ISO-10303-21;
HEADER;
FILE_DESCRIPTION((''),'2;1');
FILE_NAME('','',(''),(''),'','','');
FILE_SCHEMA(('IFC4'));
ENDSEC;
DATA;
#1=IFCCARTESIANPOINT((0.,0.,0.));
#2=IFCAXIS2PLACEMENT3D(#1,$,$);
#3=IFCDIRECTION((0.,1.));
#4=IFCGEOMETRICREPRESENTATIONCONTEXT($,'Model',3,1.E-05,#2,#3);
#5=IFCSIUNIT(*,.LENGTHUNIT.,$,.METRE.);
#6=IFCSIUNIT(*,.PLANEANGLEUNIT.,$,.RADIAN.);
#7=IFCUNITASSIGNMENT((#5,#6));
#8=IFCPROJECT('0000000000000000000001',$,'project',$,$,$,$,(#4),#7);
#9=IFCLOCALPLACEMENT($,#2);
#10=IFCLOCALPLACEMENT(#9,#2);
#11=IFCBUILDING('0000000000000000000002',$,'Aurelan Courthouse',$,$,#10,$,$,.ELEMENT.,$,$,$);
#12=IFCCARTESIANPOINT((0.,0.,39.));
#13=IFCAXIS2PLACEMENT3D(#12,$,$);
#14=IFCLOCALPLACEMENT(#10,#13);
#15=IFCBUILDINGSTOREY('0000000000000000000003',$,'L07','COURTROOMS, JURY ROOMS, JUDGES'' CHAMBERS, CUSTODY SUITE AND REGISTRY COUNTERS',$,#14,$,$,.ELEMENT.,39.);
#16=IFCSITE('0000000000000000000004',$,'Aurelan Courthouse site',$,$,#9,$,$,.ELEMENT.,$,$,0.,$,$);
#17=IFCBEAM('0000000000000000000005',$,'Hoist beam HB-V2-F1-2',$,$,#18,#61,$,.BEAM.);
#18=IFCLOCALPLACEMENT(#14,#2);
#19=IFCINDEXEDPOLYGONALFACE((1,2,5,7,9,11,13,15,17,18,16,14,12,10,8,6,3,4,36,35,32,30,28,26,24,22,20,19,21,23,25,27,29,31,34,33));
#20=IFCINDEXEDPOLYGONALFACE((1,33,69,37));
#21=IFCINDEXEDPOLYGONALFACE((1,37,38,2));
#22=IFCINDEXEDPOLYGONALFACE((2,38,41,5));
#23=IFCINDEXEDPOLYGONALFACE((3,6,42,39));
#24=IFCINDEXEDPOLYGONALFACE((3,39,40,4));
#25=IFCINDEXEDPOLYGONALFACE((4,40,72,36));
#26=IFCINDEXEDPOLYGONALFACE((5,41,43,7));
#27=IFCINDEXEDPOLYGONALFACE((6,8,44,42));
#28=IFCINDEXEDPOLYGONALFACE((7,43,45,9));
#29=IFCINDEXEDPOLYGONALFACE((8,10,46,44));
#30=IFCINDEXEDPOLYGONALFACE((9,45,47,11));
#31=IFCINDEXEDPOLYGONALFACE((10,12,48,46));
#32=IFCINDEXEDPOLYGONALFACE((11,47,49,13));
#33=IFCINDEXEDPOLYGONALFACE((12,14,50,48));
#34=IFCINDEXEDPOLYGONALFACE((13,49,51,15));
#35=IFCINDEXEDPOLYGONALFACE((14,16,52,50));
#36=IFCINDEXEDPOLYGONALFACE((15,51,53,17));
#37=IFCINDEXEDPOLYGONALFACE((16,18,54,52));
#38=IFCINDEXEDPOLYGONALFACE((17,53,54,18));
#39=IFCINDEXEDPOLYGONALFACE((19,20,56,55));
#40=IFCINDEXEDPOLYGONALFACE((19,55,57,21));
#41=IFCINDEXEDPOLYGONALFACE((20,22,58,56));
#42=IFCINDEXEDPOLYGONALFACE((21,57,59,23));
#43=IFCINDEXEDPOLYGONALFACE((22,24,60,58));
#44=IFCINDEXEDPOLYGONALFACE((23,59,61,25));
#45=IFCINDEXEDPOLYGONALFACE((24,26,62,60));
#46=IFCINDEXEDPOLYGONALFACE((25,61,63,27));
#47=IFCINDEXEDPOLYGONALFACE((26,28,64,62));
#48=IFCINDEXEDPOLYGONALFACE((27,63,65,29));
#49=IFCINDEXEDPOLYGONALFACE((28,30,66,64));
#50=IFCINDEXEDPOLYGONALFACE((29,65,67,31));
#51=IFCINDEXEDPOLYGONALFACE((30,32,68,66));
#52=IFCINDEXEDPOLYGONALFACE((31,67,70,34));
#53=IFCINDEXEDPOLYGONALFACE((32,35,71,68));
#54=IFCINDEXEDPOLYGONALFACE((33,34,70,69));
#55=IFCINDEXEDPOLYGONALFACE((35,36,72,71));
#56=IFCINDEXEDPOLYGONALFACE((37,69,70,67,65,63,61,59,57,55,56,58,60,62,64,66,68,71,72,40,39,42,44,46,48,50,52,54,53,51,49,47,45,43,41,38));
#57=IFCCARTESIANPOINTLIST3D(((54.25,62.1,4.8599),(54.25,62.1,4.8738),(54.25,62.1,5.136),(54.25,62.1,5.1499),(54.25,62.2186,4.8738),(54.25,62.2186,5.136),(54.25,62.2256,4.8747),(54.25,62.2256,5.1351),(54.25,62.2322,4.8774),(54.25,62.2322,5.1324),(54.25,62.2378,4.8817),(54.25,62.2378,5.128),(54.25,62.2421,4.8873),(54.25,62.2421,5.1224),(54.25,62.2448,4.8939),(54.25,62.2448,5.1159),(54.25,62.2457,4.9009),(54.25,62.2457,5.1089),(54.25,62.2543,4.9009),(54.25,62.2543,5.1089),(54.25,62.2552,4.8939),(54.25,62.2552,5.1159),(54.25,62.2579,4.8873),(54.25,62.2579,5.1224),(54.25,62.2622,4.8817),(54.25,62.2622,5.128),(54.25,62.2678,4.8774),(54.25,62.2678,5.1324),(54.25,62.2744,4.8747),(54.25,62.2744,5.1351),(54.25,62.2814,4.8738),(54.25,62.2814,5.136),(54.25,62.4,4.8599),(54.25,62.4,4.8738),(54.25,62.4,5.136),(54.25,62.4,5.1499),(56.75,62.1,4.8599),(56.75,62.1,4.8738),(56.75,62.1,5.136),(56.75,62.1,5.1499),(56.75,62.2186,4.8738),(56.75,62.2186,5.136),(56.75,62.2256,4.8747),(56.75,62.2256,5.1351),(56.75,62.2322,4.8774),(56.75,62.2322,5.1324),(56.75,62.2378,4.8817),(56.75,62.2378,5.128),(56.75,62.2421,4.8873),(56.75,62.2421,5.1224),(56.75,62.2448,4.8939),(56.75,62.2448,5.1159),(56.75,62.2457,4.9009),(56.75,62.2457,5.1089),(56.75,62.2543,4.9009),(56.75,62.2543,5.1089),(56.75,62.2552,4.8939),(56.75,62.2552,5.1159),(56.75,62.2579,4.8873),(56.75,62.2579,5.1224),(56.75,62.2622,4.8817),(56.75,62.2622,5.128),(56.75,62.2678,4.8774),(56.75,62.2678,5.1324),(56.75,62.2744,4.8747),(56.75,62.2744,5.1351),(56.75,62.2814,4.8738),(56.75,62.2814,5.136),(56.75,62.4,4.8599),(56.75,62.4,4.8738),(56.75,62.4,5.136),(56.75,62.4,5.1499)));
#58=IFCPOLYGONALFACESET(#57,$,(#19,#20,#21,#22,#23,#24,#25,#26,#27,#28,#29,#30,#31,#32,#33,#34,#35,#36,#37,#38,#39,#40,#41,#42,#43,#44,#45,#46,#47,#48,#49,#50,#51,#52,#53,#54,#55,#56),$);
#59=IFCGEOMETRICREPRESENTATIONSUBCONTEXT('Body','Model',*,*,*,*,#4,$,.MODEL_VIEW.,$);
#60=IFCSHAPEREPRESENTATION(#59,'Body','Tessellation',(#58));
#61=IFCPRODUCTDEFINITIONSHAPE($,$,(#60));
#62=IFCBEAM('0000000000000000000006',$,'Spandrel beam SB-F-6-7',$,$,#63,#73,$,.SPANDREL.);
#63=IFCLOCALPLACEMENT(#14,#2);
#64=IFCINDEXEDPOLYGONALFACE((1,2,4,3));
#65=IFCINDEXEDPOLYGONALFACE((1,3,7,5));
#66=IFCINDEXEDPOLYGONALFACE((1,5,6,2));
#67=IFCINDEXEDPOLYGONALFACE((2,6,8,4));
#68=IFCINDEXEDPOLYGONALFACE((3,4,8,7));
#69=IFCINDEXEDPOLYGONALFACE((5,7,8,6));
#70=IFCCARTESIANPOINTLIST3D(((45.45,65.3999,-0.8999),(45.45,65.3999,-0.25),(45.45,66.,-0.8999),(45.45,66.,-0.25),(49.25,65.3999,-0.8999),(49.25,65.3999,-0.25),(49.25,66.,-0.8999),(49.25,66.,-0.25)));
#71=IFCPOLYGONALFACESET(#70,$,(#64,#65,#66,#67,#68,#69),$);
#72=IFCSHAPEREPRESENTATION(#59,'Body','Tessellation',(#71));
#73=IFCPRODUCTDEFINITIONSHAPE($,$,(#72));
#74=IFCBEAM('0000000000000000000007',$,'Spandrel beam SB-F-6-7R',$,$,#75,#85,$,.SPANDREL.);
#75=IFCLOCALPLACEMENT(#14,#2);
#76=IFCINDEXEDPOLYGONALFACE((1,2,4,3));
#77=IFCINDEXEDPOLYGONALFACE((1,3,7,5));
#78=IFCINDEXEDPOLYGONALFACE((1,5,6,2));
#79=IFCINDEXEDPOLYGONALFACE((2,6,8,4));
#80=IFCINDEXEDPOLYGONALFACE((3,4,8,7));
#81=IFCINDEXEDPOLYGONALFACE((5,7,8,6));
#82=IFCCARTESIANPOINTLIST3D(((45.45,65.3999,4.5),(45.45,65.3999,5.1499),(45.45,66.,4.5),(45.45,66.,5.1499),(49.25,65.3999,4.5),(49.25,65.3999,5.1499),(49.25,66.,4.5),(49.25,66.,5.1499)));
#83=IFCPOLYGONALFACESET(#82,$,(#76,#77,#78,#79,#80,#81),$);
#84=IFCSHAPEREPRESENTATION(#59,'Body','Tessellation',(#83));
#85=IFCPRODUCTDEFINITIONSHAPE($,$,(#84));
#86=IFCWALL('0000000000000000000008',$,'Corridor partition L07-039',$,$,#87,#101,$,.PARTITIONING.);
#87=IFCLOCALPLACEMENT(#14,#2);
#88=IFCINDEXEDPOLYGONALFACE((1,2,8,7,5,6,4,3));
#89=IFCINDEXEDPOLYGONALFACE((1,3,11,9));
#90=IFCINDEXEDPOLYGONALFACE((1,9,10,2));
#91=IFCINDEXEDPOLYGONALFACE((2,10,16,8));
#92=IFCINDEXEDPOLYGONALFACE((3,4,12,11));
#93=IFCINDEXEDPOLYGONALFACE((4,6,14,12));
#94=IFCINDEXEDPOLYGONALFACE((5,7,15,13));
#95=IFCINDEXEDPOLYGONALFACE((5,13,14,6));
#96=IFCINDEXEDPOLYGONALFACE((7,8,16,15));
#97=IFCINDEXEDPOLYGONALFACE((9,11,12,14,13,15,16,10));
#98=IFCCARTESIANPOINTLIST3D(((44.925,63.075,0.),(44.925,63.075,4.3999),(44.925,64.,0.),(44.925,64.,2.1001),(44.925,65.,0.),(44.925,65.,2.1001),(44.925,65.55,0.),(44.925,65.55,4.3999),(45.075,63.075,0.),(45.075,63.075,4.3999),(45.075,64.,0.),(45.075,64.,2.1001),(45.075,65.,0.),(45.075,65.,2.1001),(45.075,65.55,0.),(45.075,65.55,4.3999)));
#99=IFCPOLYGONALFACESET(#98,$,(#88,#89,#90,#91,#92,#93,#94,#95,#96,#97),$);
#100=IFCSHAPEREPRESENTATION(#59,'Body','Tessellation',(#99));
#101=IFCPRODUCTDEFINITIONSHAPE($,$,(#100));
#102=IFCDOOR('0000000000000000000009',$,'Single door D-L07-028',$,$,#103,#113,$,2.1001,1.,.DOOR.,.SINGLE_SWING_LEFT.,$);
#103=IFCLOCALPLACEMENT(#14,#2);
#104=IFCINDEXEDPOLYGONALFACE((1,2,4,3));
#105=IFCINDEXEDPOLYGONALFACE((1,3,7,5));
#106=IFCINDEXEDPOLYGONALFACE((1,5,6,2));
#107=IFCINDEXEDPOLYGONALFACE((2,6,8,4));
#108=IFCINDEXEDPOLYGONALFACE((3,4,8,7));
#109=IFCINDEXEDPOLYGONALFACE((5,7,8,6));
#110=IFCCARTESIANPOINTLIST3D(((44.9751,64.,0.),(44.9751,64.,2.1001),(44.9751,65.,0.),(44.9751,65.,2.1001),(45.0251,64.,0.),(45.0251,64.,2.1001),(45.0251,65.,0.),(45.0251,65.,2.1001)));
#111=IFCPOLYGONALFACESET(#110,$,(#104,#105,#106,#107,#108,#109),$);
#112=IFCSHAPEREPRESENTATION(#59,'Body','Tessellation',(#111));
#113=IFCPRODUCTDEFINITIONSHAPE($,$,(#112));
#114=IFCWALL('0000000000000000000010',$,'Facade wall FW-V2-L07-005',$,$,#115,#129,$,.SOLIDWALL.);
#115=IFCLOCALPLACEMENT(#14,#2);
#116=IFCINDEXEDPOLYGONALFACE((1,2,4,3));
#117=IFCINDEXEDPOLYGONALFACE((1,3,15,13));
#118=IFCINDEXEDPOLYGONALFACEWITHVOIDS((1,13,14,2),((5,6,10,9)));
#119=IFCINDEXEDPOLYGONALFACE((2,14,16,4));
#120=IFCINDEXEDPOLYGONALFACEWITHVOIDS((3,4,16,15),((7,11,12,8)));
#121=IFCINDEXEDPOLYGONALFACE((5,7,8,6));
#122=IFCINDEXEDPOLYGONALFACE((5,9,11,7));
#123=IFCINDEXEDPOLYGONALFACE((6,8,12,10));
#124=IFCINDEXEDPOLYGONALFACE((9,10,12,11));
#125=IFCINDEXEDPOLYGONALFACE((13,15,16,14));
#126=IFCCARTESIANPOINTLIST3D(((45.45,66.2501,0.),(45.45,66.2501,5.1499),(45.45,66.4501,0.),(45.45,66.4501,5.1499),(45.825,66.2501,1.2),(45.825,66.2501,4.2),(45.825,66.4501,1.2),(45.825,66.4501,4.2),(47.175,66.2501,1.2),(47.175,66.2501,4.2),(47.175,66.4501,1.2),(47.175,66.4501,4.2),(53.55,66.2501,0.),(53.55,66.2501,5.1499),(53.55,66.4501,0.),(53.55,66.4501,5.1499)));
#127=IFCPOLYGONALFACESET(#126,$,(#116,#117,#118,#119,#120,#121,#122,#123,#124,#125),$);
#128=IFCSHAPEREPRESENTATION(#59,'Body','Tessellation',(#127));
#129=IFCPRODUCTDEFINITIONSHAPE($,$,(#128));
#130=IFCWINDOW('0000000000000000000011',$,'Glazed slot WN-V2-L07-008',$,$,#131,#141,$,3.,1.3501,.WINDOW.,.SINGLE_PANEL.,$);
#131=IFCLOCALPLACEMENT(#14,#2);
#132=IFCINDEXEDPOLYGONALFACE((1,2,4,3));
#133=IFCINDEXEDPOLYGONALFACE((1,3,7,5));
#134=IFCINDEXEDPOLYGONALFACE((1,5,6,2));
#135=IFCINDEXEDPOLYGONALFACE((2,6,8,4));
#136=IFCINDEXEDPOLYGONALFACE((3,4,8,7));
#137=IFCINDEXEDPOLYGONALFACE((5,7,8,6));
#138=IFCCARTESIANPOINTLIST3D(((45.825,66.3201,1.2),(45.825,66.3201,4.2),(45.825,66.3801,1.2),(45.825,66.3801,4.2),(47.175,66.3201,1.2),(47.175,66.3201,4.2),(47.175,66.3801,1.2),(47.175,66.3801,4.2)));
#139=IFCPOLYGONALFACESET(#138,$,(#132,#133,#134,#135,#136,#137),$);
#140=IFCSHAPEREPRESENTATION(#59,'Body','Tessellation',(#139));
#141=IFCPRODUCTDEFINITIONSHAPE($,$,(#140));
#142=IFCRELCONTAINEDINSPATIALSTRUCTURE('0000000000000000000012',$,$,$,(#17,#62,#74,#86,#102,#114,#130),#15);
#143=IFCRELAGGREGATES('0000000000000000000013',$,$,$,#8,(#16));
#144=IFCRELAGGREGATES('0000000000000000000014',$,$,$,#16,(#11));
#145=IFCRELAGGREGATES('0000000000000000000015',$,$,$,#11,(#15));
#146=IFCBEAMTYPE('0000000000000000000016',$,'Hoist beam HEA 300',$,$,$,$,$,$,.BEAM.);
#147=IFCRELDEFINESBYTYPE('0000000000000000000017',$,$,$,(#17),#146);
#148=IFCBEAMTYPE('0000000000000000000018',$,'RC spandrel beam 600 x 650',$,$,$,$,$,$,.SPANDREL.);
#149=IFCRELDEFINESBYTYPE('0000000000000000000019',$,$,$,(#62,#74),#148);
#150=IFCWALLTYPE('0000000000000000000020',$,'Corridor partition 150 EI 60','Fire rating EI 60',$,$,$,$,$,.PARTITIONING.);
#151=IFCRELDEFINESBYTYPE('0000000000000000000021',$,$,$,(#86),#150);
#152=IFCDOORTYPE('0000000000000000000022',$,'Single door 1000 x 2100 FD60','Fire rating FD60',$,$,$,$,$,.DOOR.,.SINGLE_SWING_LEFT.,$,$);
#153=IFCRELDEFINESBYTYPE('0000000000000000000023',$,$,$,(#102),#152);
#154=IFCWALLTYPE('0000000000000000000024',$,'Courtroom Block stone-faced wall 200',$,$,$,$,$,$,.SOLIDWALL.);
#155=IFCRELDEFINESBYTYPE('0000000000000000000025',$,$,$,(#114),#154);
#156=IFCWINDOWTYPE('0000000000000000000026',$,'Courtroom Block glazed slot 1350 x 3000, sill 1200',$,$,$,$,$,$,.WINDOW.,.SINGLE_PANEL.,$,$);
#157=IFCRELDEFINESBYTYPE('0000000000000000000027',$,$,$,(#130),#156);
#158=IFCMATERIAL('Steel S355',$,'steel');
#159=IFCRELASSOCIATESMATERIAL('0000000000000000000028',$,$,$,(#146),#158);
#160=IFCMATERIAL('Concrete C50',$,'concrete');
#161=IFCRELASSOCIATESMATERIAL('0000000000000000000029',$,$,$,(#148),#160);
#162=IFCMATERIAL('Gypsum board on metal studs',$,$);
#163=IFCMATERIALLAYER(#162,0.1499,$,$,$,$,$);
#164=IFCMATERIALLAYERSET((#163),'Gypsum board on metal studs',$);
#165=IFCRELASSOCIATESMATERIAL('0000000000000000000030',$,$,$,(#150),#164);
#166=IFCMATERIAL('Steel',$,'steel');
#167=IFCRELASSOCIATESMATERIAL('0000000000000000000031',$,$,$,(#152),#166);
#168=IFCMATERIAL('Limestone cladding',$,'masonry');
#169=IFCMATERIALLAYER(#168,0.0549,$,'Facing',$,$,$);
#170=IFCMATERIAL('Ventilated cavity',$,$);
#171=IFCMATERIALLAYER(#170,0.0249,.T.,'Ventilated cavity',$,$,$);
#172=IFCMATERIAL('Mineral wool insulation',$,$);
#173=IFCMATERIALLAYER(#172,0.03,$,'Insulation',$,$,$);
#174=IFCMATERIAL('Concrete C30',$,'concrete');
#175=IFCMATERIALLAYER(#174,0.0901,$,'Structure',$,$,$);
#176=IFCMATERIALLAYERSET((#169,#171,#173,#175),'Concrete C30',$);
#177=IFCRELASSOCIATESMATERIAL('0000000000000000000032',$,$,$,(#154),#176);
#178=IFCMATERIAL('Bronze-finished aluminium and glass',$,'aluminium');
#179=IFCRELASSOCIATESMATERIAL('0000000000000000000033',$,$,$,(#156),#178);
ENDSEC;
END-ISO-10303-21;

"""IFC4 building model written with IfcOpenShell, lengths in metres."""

from ifc_helpers import new_model, si_unit, direction, frame, frame_2d, origin, origin_2d, place, context, subcontext, project, spatial, rectangle, i_section, extrude, material, layer, layer_set, material_profile, profile_set, type_object, element, fill, save


model = new_model("IFC4")

# Units and contexts
model_context = context("Model", 3, precision=1e-05, world=origin(), true_north=direction((0.0, 1.0)))
body_context = subcontext(model_context, "Body", "Model", "MODEL_VIEW")
ifc_project = project(units=[si_unit("LENGTHUNIT", "METRE"), si_unit("PLANEANGLEUNIT", "RADIAN")], contexts=[model_context])

# Site, building, storey
site_placement = place(None, origin())
site = spatial("IfcSite", under=ifc_project, at=site_placement, Name="Aurelan Courthouse site", CompositionType="ELEMENT", RefElevation=0.0)
building_placement = place(site_placement, origin())
building = spatial("IfcBuilding", under=site, at=building_placement, Name="Aurelan Courthouse", CompositionType="ELEMENT")
storey_placement = place(building_placement, frame((0.0, 0.0, 39.0)))
storey = spatial("IfcBuildingStorey", under=building, at=storey_placement, Name="L07", Description="COURTROOMS, JURY ROOMS, JUDGES' CHAMBERS, CUSTODY SUITE AND REGISTRY COUNTERS", CompositionType="ELEMENT", Elevation=39.0)

# Shared definitions
ifc_material_1 = material(Name="Concrete C50", Category="concrete")

# Beams
ifc_material_2 = material(Name="Steel S355", Category="steel")
ifc_material_profile_1 = material_profile(ifc_material_2, i_section(OverallWidth=0.3, OverallDepth=0.29, WebThickness=0.0085, FlangeThickness=0.0139, FilletRadius=0.0271, at=origin_2d()), Name="HEA 300")
ifc_profile_set_1 = profile_set([ifc_material_profile_1], Name="Steel S355")
beam_type_1 = type_object("IfcBeamType", Name="Hoist beam HEA 300", PredefinedType="BEAM", material=ifc_profile_set_1)
for number, where, z_axis, x_axis, name in (
    (1, (54.25, 62.25, 5.0049), (1.0, 0.0, 0.0), (0.0, 1.0, 0.0), "Hoist beam HB-V2-F1-2"),
):
    element("IfcBeam", number, at=place(storey_placement, frame(where, z_axis=z_axis, x_axis=x_axis)), inside=storey, type_object=beam_type_1, Name=name, PredefinedType="BEAM", context=body_context, shape_type="SweptSolid", body=[
        extrude(i_section(OverallWidth=0.3, OverallDepth=0.29, WebThickness=0.0085, FlangeThickness=0.0139, FilletRadius=0.0271, at=origin_2d()), origin(), (0.0, 0.0, 1.0), 2.5),
    ])
ifc_material_profile_2 = material_profile(ifc_material_1, rectangle(XDim=0.6001, YDim=0.6499, at=origin_2d()), Name="RC 600 x 650")
ifc_profile_set_2 = profile_set([ifc_material_profile_2], Name="Concrete C50")
beam_type_2 = type_object("IfcBeamType", Name="RC spandrel beam 600 x 650", PredefinedType="SPANDREL", material=ifc_profile_set_2)
for number, where, z_axis, x_axis, name in (
    (2, (45.45, 65.7, -0.575), (1.0, 0.0, 0.0), (0.0, 1.0, 0.0), "Spandrel beam SB-F-6-7"),
    (3, (45.45, 65.7, 4.825), (1.0, 0.0, 0.0), (0.0, 1.0, 0.0), "Spandrel beam SB-F-6-7R"),
):
    element("IfcBeam", number, at=place(storey_placement, frame(where, z_axis=z_axis, x_axis=x_axis)), inside=storey, type_object=beam_type_2, Name=name, PredefinedType="SPANDREL", context=body_context, shape_type="SweptSolid", body=[
        extrude(rectangle(XDim=0.6001, YDim=0.6499, at=origin_2d()), origin(), (0.0, 0.0, 1.0), 3.8),
    ])

# Wall, opening, door
ifc_material_3 = material(Name="Gypsum board on metal studs")
ifc_layer_1 = layer(ifc_material_3, 0.1499)
ifc_layer_set_1 = layer_set([ifc_layer_1], Name="Gypsum board on metal studs")
wall_type_1 = type_object("IfcWallType", Name="Corridor partition 150 EI 60", Description="Fire rating EI 60", PredefinedType="PARTITIONING", material=ifc_layer_set_1)
wall_1_placement = place(storey_placement, frame((45.0, 63.075, 0.0), z_axis=(0.0, 0.0, 1.0), x_axis=(0.0, 1.0, 0.0)))
wall_1 = element("IfcWall", 4, at=wall_1_placement, inside=storey, type_object=wall_type_1, Name="Corridor partition L07-039", PredefinedType="PARTITIONING", context=body_context, shape_type="SweptSolid", body=[
    extrude(rectangle(XDim=2.4751, YDim=0.1499, at=frame_2d((1.2375, 0.0))), origin(), (0.0, 0.0, 1.0), 4.3999),
])
opening_1_placement = place(wall_1_placement, frame((0.925, 0.0, 0.0)))
opening_1 = element("IfcOpeningElement", 5, at=opening_1_placement, cuts=wall_1, PredefinedType="OPENING", context=body_context, shape_type="SweptSolid", body=[
    extrude(rectangle(XDim=1.0, YDim=2.1001, at=frame_2d((0.5, 1.05))), frame((0.0, 0.085, 0.0), z_axis=(0.0, -1.0, 0.0), x_axis=(1.0, 0.0, 0.0)), (0.0, 0.0, 1.0), 0.1699),
])
ifc_material_4 = material(Name="Steel", Category="steel")
door_type_1 = type_object("IfcDoorType", Name="Single door 1000 x 2100 FD60", Description="Fire rating FD60", OperationType="SINGLE_SWING_LEFT", PredefinedType="DOOR", material=ifc_material_4)
door_1_placement = place(opening_1_placement, origin())
door_1 = element("IfcDoor", 6, at=door_1_placement, inside=storey, type_object=door_type_1, Name="Single door D-L07-028", OperationType="SINGLE_SWING_LEFT", OverallHeight=2.1001, OverallWidth=1.0, PredefinedType="DOOR", context=body_context, shape_type="SweptSolid", body=[
    extrude(rectangle(XDim=1.0, YDim=2.1001, at=frame_2d((0.5, 1.05))), frame((0.0, 0.0249, 0.0), z_axis=(0.0, -1.0, 0.0), x_axis=(1.0, 0.0, 0.0)), (0.0, 0.0, 1.0), 0.05),
])
fill(opening_1, door_1)

# Wall, opening, window
ifc_material_5 = material(Name="Limestone cladding", Category="masonry")
ifc_layer_2 = layer(ifc_material_5, 0.0549, Name="Facing")
ifc_material_6 = material(Name="Ventilated cavity")
ifc_layer_3 = layer(ifc_material_6, 0.0249, ventilated=True, Name="Ventilated cavity")
ifc_material_7 = material(Name="Mineral wool insulation")
ifc_layer_4 = layer(ifc_material_7, 0.03, Name="Insulation")
ifc_material_8 = material(Name="Concrete C30", Category="concrete")
ifc_layer_5 = layer(ifc_material_8, 0.0901, Name="Structure")
ifc_layer_set_2 = layer_set([ifc_layer_2, ifc_layer_3, ifc_layer_4, ifc_layer_5], Name="Concrete C30")
wall_type_2 = type_object("IfcWallType", Name="Courtroom Block stone-faced wall 200", PredefinedType="SOLIDWALL", material=ifc_layer_set_2)
wall_2_placement = place(storey_placement, frame((45.45, 66.3501, 0.0), z_axis=(0.0, 0.0, 1.0), x_axis=(1.0, 0.0, 0.0)))
wall_2 = element("IfcWall", 7, at=wall_2_placement, inside=storey, type_object=wall_type_2, Name="Facade wall FW-V2-L07-005", PredefinedType="SOLIDWALL", context=body_context, shape_type="SweptSolid", body=[
    extrude(rectangle(XDim=8.1001, YDim=0.2, at=frame_2d((4.05, 0.0))), origin(), (0.0, 0.0, 1.0), 5.1499),
])
opening_2_placement = place(wall_2_placement, frame((0.375, 0.0, 1.2)))
opening_2 = element("IfcOpeningElement", 8, at=opening_2_placement, cuts=wall_2, PredefinedType="OPENING", context=body_context, shape_type="SweptSolid", body=[
    extrude(rectangle(XDim=1.3501, YDim=3.0, at=frame_2d((0.675, 1.5))), frame((0.0, 0.1099, 0.0), z_axis=(0.0, -1.0, 0.0), x_axis=(1.0, 0.0, 0.0)), (0.0, 0.0, 1.0), 0.22),
])
ifc_material_9 = material(Name="Bronze-finished aluminium and glass", Category="aluminium")
window_type_1 = type_object("IfcWindowType", Name="Courtroom Block glazed slot 1350 x 3000, sill 1200", PartitioningType="SINGLE_PANEL", PredefinedType="WINDOW", material=ifc_material_9)
window_1_placement = place(opening_2_placement, origin())
window_1 = element("IfcWindow", 9, at=window_1_placement, inside=storey, type_object=window_type_1, Name="Glazed slot WN-V2-L07-008", OverallHeight=3.0, OverallWidth=1.3501, PartitioningType="SINGLE_PANEL", PredefinedType="WINDOW", context=body_context, shape_type="SweptSolid", body=[
    extrude(rectangle(XDim=1.3501, YDim=3.0, at=frame_2d((0.675, 1.5))), frame((0.0, 0.03, 0.0), z_axis=(0.0, -1.0, 0.0), x_axis=(1.0, 0.0, 0.0)), (0.0, 0.0, 1.0), 0.0601),
])
fill(opening_2, window_1)

save(model, "model.ifc")
